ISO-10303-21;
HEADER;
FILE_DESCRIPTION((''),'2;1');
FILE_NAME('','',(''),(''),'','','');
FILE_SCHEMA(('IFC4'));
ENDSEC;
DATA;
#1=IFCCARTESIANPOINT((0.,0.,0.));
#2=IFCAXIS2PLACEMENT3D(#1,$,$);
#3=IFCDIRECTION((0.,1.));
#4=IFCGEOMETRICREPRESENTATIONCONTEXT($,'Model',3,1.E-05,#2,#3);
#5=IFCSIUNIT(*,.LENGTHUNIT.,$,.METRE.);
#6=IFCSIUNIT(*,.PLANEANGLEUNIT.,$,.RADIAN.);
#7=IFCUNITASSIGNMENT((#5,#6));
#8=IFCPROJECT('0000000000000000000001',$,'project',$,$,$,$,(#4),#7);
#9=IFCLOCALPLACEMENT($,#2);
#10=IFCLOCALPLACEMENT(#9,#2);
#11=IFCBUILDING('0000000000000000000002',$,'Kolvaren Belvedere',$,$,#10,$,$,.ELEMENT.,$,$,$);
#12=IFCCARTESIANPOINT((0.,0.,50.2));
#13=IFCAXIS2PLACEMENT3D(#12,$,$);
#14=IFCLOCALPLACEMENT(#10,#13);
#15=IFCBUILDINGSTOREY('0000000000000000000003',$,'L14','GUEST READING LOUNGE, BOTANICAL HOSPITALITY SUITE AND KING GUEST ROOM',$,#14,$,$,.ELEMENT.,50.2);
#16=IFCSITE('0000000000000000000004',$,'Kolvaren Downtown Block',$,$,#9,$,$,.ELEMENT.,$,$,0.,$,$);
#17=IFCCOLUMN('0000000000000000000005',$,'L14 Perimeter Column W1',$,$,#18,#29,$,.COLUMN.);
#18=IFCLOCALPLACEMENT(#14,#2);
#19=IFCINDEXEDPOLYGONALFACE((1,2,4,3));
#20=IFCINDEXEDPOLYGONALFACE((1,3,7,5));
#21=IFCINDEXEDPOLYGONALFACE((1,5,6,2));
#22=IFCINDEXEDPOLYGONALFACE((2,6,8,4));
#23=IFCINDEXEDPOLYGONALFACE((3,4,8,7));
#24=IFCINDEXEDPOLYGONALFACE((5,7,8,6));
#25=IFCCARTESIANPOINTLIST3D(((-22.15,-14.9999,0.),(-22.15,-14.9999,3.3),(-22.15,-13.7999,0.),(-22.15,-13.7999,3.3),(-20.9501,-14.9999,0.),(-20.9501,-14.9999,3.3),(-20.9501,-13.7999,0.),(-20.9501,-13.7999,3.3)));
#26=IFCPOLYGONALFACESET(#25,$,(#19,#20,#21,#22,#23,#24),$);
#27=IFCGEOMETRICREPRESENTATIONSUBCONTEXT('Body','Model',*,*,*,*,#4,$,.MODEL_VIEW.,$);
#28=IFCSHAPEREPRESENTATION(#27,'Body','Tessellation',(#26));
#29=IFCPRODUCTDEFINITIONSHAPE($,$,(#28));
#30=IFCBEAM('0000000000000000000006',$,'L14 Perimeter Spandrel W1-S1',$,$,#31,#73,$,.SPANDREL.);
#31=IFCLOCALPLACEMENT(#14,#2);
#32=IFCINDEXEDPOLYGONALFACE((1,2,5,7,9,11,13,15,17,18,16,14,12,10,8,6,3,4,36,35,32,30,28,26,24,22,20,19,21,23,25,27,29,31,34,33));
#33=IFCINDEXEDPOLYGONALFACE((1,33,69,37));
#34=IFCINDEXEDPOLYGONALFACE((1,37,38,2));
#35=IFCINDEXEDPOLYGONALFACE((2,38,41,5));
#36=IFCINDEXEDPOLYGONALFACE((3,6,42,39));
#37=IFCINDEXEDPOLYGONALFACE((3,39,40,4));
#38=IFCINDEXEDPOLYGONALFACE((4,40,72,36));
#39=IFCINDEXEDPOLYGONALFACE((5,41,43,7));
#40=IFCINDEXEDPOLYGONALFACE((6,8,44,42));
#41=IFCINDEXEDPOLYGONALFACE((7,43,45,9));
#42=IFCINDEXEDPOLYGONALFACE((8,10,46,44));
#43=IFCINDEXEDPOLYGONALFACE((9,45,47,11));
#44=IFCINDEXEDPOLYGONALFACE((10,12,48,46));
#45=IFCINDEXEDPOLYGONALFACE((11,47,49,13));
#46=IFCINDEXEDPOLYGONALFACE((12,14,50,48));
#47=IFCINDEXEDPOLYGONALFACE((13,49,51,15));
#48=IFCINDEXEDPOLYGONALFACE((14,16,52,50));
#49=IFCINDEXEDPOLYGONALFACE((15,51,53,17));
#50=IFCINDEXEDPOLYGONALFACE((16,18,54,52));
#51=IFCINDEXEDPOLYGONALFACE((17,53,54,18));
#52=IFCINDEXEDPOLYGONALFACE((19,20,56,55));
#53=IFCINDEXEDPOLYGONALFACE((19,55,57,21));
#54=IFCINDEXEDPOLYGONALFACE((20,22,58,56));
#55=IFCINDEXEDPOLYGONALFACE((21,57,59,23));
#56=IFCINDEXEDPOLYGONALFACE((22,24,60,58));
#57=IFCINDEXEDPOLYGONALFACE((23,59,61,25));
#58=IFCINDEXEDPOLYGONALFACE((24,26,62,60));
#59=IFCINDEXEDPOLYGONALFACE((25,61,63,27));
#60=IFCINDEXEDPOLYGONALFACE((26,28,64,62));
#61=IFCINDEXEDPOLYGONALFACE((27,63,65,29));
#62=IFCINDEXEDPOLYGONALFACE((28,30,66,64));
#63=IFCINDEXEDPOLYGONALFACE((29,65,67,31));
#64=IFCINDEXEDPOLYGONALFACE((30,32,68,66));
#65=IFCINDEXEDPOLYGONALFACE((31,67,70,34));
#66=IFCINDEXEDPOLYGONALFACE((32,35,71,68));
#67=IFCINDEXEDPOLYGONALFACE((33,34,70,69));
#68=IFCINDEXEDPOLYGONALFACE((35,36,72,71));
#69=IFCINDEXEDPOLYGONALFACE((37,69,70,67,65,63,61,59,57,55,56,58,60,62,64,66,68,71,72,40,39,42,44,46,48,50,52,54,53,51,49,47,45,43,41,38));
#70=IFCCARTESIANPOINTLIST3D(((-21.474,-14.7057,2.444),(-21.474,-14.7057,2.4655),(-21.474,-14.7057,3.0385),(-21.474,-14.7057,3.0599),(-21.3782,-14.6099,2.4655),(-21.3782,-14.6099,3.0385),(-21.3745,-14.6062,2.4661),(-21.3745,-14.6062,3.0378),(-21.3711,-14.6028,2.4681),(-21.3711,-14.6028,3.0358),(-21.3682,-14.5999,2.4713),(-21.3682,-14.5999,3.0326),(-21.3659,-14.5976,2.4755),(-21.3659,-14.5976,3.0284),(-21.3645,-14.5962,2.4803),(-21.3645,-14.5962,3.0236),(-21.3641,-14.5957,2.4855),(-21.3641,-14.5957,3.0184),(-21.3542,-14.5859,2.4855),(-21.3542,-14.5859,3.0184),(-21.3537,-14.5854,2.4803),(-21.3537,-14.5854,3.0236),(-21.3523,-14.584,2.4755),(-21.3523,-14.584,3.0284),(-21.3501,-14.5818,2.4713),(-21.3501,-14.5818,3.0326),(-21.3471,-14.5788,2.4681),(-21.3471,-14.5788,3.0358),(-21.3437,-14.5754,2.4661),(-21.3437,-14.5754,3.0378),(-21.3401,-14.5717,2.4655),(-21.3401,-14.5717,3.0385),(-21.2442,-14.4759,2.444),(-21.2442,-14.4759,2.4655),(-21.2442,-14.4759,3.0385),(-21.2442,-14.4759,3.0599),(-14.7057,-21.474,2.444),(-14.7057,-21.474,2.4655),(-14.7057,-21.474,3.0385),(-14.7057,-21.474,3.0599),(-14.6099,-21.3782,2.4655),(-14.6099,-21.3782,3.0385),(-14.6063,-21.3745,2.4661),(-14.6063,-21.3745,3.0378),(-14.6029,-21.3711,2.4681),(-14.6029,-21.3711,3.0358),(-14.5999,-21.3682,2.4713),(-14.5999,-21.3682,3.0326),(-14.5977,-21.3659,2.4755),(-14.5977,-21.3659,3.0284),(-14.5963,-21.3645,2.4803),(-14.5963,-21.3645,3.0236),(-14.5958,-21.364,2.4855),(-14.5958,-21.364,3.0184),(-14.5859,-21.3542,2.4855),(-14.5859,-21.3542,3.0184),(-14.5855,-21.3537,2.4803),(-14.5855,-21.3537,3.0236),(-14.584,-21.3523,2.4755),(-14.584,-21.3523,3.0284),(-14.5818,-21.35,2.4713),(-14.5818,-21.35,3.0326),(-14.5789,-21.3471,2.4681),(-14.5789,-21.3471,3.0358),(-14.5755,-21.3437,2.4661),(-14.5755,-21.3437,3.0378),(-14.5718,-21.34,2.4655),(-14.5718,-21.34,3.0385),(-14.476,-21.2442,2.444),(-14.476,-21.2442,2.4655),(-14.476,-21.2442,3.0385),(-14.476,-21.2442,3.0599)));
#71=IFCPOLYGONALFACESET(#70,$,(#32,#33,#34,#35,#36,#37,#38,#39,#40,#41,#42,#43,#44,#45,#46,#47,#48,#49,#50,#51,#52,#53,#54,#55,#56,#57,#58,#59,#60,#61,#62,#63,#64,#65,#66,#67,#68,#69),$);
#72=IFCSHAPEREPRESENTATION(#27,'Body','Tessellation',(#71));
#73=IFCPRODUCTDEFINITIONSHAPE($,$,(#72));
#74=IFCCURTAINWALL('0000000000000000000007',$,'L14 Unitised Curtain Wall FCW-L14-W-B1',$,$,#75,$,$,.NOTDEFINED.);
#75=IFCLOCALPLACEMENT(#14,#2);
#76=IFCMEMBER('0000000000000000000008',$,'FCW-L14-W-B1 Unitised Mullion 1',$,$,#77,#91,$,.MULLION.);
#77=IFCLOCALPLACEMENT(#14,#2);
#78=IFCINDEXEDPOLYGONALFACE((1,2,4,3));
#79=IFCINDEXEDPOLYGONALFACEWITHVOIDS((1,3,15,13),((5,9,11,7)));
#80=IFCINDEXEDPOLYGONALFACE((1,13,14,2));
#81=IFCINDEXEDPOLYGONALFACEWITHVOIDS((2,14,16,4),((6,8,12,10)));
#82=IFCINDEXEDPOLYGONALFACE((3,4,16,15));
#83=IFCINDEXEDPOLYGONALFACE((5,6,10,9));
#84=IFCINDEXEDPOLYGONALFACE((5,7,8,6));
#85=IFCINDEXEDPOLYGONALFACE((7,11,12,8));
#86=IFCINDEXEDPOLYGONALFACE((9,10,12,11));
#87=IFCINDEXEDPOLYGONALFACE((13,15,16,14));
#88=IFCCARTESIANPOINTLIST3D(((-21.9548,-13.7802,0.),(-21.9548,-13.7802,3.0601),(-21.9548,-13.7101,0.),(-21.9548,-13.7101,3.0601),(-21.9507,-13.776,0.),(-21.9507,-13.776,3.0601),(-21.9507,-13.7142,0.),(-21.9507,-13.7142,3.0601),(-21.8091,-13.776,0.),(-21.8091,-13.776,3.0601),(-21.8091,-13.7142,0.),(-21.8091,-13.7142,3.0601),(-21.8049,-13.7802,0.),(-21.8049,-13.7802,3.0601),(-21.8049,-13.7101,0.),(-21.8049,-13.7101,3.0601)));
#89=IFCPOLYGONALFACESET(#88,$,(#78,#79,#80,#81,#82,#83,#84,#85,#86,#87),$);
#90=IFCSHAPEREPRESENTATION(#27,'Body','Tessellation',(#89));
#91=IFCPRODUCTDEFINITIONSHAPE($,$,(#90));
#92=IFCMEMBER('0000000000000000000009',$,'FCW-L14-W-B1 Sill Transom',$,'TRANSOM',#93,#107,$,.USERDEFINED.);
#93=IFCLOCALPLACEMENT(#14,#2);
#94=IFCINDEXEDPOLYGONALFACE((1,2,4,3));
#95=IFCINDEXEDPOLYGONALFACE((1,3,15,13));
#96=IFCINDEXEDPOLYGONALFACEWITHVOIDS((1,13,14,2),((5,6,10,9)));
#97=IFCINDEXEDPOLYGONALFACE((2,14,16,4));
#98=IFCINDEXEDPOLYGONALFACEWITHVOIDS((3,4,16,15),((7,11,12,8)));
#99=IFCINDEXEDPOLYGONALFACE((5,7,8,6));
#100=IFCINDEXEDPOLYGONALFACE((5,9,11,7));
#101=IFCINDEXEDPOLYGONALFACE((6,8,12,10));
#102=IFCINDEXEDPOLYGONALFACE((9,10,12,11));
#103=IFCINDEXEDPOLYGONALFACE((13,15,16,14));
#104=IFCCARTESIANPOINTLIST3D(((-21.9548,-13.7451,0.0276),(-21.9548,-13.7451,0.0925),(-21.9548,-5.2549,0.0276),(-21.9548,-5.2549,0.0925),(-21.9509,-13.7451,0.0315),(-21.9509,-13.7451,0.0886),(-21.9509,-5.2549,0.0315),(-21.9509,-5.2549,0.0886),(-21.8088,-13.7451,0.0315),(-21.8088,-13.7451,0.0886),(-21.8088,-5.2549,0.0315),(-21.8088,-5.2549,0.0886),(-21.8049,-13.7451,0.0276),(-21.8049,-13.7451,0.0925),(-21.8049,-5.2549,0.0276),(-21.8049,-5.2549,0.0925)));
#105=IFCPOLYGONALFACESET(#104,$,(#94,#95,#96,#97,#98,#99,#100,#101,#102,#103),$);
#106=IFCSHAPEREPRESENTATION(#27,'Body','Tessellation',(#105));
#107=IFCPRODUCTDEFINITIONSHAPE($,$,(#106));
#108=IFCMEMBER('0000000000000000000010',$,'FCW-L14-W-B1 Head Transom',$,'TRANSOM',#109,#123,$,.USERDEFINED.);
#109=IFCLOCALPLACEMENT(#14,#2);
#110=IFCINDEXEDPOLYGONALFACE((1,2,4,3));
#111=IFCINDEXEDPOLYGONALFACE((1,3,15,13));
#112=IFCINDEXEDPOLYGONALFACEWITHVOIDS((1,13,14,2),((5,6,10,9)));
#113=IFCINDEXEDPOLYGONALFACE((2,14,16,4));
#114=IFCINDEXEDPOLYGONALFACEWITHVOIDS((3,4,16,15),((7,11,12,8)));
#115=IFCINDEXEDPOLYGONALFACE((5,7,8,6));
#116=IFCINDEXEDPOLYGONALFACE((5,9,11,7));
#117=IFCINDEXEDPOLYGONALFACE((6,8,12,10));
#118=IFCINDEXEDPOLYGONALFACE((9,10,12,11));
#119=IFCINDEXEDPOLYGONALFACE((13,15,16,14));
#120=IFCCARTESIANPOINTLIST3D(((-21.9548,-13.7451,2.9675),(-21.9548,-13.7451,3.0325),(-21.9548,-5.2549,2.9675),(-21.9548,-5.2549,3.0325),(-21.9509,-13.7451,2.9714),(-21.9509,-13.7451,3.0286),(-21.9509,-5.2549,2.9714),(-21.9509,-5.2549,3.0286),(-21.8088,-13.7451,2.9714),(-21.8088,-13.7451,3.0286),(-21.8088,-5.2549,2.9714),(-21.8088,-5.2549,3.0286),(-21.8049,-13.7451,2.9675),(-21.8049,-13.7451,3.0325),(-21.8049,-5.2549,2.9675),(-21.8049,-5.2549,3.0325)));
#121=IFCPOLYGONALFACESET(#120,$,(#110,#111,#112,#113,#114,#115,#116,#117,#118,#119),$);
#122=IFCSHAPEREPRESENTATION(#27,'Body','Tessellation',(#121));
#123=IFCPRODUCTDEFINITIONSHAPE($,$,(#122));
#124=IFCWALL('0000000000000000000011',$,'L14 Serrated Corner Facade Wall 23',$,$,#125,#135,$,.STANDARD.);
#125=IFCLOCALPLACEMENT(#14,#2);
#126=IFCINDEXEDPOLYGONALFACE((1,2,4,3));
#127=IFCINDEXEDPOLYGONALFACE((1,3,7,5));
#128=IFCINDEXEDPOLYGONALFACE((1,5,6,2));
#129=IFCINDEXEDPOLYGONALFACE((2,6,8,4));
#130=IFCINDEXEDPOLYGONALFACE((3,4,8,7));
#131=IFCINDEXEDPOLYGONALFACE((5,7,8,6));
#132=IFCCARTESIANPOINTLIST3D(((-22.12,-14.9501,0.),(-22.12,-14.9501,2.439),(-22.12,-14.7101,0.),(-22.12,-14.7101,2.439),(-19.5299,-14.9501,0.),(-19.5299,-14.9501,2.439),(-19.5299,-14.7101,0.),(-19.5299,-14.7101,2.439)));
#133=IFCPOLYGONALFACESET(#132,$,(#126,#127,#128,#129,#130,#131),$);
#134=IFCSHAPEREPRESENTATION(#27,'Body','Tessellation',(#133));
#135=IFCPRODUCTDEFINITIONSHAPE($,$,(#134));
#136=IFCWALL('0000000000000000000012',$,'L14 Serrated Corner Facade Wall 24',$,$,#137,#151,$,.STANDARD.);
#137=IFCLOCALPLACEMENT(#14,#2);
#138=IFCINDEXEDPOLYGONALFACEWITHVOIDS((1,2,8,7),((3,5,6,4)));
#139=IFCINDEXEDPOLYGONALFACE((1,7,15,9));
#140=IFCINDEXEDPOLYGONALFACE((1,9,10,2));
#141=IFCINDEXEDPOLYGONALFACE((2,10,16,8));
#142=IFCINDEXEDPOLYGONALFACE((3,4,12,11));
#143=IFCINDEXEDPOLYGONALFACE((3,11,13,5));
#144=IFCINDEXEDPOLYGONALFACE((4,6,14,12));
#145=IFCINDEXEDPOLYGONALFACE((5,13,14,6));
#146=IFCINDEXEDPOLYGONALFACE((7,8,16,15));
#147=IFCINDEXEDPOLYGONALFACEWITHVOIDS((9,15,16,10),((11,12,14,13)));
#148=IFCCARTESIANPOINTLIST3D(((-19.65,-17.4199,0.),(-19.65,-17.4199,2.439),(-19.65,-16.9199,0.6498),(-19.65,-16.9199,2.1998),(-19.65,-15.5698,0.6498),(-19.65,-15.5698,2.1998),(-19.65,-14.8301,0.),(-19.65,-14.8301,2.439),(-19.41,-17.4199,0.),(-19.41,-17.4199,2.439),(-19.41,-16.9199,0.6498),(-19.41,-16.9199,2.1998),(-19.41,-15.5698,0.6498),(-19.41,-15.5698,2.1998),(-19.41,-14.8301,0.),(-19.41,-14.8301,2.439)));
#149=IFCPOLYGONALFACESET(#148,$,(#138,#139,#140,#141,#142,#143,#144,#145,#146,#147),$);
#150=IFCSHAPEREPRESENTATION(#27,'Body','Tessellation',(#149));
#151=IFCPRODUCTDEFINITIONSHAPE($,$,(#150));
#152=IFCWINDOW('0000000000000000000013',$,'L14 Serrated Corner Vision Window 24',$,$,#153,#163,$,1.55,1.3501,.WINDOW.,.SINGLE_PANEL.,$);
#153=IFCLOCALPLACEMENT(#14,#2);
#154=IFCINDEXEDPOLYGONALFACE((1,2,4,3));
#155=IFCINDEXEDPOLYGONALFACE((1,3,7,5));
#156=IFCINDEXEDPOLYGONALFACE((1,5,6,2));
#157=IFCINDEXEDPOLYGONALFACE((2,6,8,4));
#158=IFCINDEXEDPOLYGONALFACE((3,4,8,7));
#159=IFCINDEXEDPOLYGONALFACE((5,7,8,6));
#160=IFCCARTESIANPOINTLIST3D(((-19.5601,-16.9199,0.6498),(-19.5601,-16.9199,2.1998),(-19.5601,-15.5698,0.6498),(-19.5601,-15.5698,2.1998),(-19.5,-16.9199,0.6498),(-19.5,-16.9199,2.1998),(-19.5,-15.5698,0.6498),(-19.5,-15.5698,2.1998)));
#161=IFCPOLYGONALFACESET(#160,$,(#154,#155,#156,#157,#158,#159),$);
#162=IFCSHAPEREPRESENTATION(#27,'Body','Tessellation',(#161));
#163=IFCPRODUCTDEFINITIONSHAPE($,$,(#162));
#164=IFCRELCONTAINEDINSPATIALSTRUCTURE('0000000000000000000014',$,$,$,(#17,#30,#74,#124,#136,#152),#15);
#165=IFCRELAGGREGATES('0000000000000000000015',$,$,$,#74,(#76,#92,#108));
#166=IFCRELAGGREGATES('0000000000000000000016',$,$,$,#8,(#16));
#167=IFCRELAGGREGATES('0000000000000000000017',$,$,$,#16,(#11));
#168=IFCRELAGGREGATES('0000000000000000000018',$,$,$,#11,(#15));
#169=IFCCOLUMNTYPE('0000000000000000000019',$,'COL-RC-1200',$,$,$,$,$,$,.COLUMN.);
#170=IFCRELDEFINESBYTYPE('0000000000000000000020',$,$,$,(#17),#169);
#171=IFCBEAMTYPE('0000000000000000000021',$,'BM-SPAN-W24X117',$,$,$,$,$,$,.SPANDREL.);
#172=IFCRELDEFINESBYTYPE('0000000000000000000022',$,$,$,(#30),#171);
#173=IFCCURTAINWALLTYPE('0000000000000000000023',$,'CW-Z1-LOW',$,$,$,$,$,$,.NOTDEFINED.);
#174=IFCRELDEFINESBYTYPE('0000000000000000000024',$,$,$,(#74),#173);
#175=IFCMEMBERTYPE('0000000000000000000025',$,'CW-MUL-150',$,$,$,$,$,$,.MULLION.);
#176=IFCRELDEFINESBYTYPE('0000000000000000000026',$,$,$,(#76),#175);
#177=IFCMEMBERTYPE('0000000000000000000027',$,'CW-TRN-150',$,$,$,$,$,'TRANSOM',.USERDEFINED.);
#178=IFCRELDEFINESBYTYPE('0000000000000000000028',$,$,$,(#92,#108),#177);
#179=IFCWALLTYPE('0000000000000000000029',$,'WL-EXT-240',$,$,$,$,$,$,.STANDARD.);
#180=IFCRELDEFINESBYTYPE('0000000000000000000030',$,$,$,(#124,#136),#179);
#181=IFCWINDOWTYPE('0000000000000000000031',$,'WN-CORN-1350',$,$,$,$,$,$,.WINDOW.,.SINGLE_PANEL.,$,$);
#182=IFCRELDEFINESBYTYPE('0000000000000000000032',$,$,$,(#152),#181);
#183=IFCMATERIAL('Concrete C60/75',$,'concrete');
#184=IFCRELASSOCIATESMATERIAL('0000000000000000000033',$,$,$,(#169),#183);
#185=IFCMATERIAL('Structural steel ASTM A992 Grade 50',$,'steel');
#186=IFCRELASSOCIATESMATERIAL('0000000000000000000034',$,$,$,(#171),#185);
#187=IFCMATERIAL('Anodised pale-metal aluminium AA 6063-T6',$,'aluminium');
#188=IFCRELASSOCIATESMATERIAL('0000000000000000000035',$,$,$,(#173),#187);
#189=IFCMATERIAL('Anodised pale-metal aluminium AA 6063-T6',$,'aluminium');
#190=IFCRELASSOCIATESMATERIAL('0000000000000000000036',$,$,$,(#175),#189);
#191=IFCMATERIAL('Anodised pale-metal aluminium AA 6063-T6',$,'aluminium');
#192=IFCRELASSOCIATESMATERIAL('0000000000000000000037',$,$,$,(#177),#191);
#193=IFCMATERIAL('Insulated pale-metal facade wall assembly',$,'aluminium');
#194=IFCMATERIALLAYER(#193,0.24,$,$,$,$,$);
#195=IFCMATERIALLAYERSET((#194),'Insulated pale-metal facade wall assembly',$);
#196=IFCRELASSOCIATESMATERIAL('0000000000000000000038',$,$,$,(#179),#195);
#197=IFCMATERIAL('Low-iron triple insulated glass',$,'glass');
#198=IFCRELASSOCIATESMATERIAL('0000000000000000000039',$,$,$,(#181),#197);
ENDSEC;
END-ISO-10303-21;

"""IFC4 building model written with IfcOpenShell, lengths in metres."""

from ifc_helpers import new_model, si_unit, direction, frame, frame_2d, origin, origin_2d, place, context, subcontext, project, spatial, rectangle, hollow_rectangle, i_section, extrude, material, layer, layer_set, material_profile, profile_set, type_object, element, fill, aggregate, save


model = new_model("IFC4")

# Units and contexts
model_context = context("Model", 3, precision=1e-05, world=origin(), true_north=direction((0.0, 1.0)))
body_context = subcontext(model_context, "Body", "Model", "MODEL_VIEW")
ifc_project = project(units=[si_unit("LENGTHUNIT", "METRE"), si_unit("PLANEANGLEUNIT", "RADIAN")], contexts=[model_context])

# Site, building, storey
site_placement = place(None, origin())
site = spatial("IfcSite", under=ifc_project, at=site_placement, Name="Kolvaren Downtown Block", CompositionType="ELEMENT", RefElevation=0.0)
building_placement = place(site_placement, origin())
building = spatial("IfcBuilding", under=site, at=building_placement, Name="Kolvaren Belvedere", CompositionType="ELEMENT")
storey_placement = place(building_placement, frame((0.0, 0.0, 50.2)))
storey = spatial("IfcBuildingStorey", under=building, at=storey_placement, Name="L14", Description="GUEST READING LOUNGE, BOTANICAL HOSPITALITY SUITE AND KING GUEST ROOM", CompositionType="ELEMENT", Elevation=50.2)

# Column
ifc_material_1 = material(Name="Concrete C60/75", Category="concrete")
ifc_material_profile_1 = material_profile(ifc_material_1, rectangle(XDim=1.2, YDim=1.2, at=origin_2d()), Name="RC 1200X1200")
ifc_profile_set_1 = profile_set([ifc_material_profile_1], Name="Concrete C60/75")
column_type = type_object("IfcColumnType", Name="COL-RC-1200", PredefinedType="COLUMN", material=ifc_profile_set_1)
column_placement = place(storey_placement, frame((-21.55, -14.3999, 0.0), z_axis=(0.0, 0.0, 1.0), x_axis=(1.0, 0.0, 0.0)))
element("IfcColumn", 1, at=column_placement, inside=storey, type_object=column_type, Name="L14 Perimeter Column W1", PredefinedType="COLUMN", context=body_context, shape_type="SweptSolid", body=[
    extrude(rectangle(XDim=1.2, YDim=1.2, at=origin_2d()), origin(), (0.0, 0.0, 1.0), 3.3),
])

# Beam
ifc_material_2 = material(Name="Structural steel ASTM A992 Grade 50", Category="steel")
ifc_material_profile_2 = material_profile(ifc_material_2, i_section(OverallWidth=0.325, OverallDepth=0.616, WebThickness=0.0139, FlangeThickness=0.0215, FilletRadius=0.02, at=origin_2d()), Name="W24X117")
ifc_profile_set_2 = profile_set([ifc_material_profile_2], Name="Structural steel ASTM A992 Grade 50")
beam_type = type_object("IfcBeamType", Name="BM-SPAN-W24X117", PredefinedType="SPANDREL", material=ifc_profile_set_2)
beam_placement = place(storey_placement, frame((-21.3591, -14.5908, 2.752), z_axis=(0.707107, -0.707107, 0.0), x_axis=(0.707107, 0.707107, 0.0)))
element("IfcBeam", 2, at=beam_placement, inside=storey, type_object=beam_type, Name="L14 Perimeter Spandrel W1-S1", PredefinedType="SPANDREL", context=body_context, shape_type="SweptSolid", body=[
    extrude(i_section(OverallWidth=0.325, OverallDepth=0.616, WebThickness=0.0139, FlangeThickness=0.0215, FilletRadius=0.02, at=origin_2d()), origin(), (0.0, 0.0, 1.0), 9.5718),
])

# Curtain wall, members
ifc_material_3 = material(Name="Anodised pale-metal aluminium AA 6063-T6", Category="aluminium")
curtain_wall_type = type_object("IfcCurtainWallType", Name="CW-Z1-LOW", PredefinedType="NOTDEFINED", material=ifc_material_3)
curtain_wall_placement = place(storey_placement, origin())
curtain_wall = element("IfcCurtainWall", 3, at=curtain_wall_placement, inside=storey, type_object=curtain_wall_type, Name="L14 Unitised Curtain Wall FCW-L14-W-B1", PredefinedType="NOTDEFINED")
ifc_material_4 = material(Name="Anodised pale-metal aluminium AA 6063-T6", Category="aluminium")
ifc_material_profile_3 = material_profile(ifc_material_4, hollow_rectangle(XDim=0.0701, YDim=0.1499, WallThickness=0.0042, at=origin_2d()), Name="ALU-MUL-150X70")
ifc_profile_set_3 = profile_set([ifc_material_profile_3], Name="Anodised pale-metal aluminium AA 6063-T6")
member_type_1 = type_object("IfcMemberType", Name="CW-MUL-150", PredefinedType="MULLION", material=ifc_profile_set_3)
member_1_placement = place(storey_placement, frame((-21.8799, -13.7451, 0.0), z_axis=(0.0, 0.0, 1.0), x_axis=(0.0, 1.0, 0.0)))
member_1 = element("IfcMember", 4, at=member_1_placement, type_object=member_type_1, Name="FCW-L14-W-B1 Unitised Mullion 1", PredefinedType="MULLION", context=body_context, shape_type="SweptSolid", body=[
    extrude(hollow_rectangle(XDim=0.0701, YDim=0.1499, WallThickness=0.0042, at=origin_2d()), origin(), (0.0, 0.0, 1.0), 3.0601),
])
ifc_material_5 = material(Name="Anodised pale-metal aluminium AA 6063-T6", Category="aluminium")
ifc_material_profile_4 = material_profile(ifc_material_5, hollow_rectangle(XDim=0.0649, YDim=0.1499, WallThickness=0.0039, at=origin_2d()), Name="ALU-TRN-150X65")
ifc_profile_set_4 = profile_set([ifc_material_profile_4], Name="Anodised pale-metal aluminium AA 6063-T6")
member_type_2 = type_object("IfcMemberType", Name="CW-TRN-150", ElementType="TRANSOM", PredefinedType="USERDEFINED", material=ifc_profile_set_4)
member_2_placement = place(storey_placement, frame((-21.8799, -13.7451, 0.0601), z_axis=(0.0, 1.0, 0.0), x_axis=(0.0, 0.0, 1.0)))
member_2 = element("IfcMember", 5, at=member_2_placement, type_object=member_type_2, Name="FCW-L14-W-B1 Sill Transom", ObjectType="TRANSOM", PredefinedType="USERDEFINED", context=body_context, shape_type="SweptSolid", body=[
    extrude(hollow_rectangle(XDim=0.0649, YDim=0.1499, WallThickness=0.0039, at=origin_2d()), origin(), (0.0, 0.0, 1.0), 8.4902),
])
member_3_placement = place(storey_placement, frame((-21.8799, -13.7451, 3.0), z_axis=(0.0, 1.0, 0.0), x_axis=(0.0, 0.0, 1.0)))
member_3 = element("IfcMember", 6, at=member_3_placement, type_object=member_type_2, Name="FCW-L14-W-B1 Head Transom", ObjectType="TRANSOM", PredefinedType="USERDEFINED", context=body_context, shape_type="SweptSolid", body=[
    extrude(hollow_rectangle(XDim=0.0649, YDim=0.1499, WallThickness=0.0039, at=origin_2d()), origin(), (0.0, 0.0, 1.0), 8.4902),
])
aggregate(curtain_wall, [member_1, member_2, member_3])

# Wall
ifc_material_6 = material(Name="Insulated pale-metal facade wall assembly", Category="aluminium")
ifc_layer_1 = layer(ifc_material_6, 0.24)
ifc_layer_set_1 = layer_set([ifc_layer_1], Name="Insulated pale-metal facade wall assembly")
wall_type_1 = type_object("IfcWallType", Name="WL-EXT-240", PredefinedType="STANDARD", material=ifc_layer_set_1)
wall_1_placement = place(storey_placement, frame((-19.53, -14.8301, 0.0), z_axis=(0.0, 0.0, 1.0), x_axis=(-1.0, 0.0, 0.0)))
element("IfcWall", 7, at=wall_1_placement, inside=storey, type_object=wall_type_1, Name="L14 Serrated Corner Facade Wall 23", PredefinedType="STANDARD", context=body_context, shape_type="SweptSolid", body=[
    extrude(rectangle(XDim=2.5901, YDim=0.24, at=frame_2d((1.2949, 0.0))), origin(), (0.0, 0.0, 1.0), 2.439),
])

# Wall, opening, window
wall_2_placement = place(storey_placement, frame((-19.53, -17.4199, 0.0), z_axis=(0.0, 0.0, 1.0), x_axis=(0.0, 1.0, 0.0)))
wall_2 = element("IfcWall", 8, at=wall_2_placement, inside=storey, type_object=wall_type_1, Name="L14 Serrated Corner Facade Wall 24", PredefinedType="STANDARD", context=body_context, shape_type="SweptSolid", body=[
    extrude(rectangle(XDim=2.5898, YDim=0.24, at=frame_2d((1.2949, 0.0))), origin(), (0.0, 0.0, 1.0), 2.439),
])
opening_1_placement = place(wall_2_placement, frame((0.5, 0.0, 0.6499)))
opening_1 = element("IfcOpeningElement", 9, at=opening_1_placement, cuts=wall_2, PredefinedType="OPENING", context=body_context, shape_type="SweptSolid", body=[
    extrude(rectangle(XDim=1.3501, YDim=1.55, at=frame_2d((0.675, 0.7749))), frame((0.0, 0.1299, 0.0), z_axis=(0.0, -1.0, 0.0), x_axis=(1.0, 0.0, 0.0)), (0.0, 0.0, 1.0), 0.26),
])
ifc_material_7 = material(Name="Low-iron triple insulated glass", Category="glass")
window_type = type_object("IfcWindowType", Name="WN-CORN-1350", PartitioningType="SINGLE_PANEL", PredefinedType="WINDOW", material=ifc_material_7)
window_1_placement = place(opening_1_placement, origin())
window_1 = element("IfcWindow", 10, at=window_1_placement, inside=storey, type_object=window_type, Name="L14 Serrated Corner Vision Window 24", OverallHeight=1.55, OverallWidth=1.3501, PartitioningType="SINGLE_PANEL", PredefinedType="WINDOW", context=body_context, shape_type="SweptSolid", body=[
    extrude(rectangle(XDim=1.3501, YDim=1.55, at=frame_2d((0.675, 0.7749))), frame((0.0, 0.03, 0.0), z_axis=(0.0, -1.0, 0.0), x_axis=(1.0, 0.0, 0.0)), (0.0, 0.0, 1.0), 0.0601),
])
fill(opening_1, window_1)

save(model, "model.ifc")
